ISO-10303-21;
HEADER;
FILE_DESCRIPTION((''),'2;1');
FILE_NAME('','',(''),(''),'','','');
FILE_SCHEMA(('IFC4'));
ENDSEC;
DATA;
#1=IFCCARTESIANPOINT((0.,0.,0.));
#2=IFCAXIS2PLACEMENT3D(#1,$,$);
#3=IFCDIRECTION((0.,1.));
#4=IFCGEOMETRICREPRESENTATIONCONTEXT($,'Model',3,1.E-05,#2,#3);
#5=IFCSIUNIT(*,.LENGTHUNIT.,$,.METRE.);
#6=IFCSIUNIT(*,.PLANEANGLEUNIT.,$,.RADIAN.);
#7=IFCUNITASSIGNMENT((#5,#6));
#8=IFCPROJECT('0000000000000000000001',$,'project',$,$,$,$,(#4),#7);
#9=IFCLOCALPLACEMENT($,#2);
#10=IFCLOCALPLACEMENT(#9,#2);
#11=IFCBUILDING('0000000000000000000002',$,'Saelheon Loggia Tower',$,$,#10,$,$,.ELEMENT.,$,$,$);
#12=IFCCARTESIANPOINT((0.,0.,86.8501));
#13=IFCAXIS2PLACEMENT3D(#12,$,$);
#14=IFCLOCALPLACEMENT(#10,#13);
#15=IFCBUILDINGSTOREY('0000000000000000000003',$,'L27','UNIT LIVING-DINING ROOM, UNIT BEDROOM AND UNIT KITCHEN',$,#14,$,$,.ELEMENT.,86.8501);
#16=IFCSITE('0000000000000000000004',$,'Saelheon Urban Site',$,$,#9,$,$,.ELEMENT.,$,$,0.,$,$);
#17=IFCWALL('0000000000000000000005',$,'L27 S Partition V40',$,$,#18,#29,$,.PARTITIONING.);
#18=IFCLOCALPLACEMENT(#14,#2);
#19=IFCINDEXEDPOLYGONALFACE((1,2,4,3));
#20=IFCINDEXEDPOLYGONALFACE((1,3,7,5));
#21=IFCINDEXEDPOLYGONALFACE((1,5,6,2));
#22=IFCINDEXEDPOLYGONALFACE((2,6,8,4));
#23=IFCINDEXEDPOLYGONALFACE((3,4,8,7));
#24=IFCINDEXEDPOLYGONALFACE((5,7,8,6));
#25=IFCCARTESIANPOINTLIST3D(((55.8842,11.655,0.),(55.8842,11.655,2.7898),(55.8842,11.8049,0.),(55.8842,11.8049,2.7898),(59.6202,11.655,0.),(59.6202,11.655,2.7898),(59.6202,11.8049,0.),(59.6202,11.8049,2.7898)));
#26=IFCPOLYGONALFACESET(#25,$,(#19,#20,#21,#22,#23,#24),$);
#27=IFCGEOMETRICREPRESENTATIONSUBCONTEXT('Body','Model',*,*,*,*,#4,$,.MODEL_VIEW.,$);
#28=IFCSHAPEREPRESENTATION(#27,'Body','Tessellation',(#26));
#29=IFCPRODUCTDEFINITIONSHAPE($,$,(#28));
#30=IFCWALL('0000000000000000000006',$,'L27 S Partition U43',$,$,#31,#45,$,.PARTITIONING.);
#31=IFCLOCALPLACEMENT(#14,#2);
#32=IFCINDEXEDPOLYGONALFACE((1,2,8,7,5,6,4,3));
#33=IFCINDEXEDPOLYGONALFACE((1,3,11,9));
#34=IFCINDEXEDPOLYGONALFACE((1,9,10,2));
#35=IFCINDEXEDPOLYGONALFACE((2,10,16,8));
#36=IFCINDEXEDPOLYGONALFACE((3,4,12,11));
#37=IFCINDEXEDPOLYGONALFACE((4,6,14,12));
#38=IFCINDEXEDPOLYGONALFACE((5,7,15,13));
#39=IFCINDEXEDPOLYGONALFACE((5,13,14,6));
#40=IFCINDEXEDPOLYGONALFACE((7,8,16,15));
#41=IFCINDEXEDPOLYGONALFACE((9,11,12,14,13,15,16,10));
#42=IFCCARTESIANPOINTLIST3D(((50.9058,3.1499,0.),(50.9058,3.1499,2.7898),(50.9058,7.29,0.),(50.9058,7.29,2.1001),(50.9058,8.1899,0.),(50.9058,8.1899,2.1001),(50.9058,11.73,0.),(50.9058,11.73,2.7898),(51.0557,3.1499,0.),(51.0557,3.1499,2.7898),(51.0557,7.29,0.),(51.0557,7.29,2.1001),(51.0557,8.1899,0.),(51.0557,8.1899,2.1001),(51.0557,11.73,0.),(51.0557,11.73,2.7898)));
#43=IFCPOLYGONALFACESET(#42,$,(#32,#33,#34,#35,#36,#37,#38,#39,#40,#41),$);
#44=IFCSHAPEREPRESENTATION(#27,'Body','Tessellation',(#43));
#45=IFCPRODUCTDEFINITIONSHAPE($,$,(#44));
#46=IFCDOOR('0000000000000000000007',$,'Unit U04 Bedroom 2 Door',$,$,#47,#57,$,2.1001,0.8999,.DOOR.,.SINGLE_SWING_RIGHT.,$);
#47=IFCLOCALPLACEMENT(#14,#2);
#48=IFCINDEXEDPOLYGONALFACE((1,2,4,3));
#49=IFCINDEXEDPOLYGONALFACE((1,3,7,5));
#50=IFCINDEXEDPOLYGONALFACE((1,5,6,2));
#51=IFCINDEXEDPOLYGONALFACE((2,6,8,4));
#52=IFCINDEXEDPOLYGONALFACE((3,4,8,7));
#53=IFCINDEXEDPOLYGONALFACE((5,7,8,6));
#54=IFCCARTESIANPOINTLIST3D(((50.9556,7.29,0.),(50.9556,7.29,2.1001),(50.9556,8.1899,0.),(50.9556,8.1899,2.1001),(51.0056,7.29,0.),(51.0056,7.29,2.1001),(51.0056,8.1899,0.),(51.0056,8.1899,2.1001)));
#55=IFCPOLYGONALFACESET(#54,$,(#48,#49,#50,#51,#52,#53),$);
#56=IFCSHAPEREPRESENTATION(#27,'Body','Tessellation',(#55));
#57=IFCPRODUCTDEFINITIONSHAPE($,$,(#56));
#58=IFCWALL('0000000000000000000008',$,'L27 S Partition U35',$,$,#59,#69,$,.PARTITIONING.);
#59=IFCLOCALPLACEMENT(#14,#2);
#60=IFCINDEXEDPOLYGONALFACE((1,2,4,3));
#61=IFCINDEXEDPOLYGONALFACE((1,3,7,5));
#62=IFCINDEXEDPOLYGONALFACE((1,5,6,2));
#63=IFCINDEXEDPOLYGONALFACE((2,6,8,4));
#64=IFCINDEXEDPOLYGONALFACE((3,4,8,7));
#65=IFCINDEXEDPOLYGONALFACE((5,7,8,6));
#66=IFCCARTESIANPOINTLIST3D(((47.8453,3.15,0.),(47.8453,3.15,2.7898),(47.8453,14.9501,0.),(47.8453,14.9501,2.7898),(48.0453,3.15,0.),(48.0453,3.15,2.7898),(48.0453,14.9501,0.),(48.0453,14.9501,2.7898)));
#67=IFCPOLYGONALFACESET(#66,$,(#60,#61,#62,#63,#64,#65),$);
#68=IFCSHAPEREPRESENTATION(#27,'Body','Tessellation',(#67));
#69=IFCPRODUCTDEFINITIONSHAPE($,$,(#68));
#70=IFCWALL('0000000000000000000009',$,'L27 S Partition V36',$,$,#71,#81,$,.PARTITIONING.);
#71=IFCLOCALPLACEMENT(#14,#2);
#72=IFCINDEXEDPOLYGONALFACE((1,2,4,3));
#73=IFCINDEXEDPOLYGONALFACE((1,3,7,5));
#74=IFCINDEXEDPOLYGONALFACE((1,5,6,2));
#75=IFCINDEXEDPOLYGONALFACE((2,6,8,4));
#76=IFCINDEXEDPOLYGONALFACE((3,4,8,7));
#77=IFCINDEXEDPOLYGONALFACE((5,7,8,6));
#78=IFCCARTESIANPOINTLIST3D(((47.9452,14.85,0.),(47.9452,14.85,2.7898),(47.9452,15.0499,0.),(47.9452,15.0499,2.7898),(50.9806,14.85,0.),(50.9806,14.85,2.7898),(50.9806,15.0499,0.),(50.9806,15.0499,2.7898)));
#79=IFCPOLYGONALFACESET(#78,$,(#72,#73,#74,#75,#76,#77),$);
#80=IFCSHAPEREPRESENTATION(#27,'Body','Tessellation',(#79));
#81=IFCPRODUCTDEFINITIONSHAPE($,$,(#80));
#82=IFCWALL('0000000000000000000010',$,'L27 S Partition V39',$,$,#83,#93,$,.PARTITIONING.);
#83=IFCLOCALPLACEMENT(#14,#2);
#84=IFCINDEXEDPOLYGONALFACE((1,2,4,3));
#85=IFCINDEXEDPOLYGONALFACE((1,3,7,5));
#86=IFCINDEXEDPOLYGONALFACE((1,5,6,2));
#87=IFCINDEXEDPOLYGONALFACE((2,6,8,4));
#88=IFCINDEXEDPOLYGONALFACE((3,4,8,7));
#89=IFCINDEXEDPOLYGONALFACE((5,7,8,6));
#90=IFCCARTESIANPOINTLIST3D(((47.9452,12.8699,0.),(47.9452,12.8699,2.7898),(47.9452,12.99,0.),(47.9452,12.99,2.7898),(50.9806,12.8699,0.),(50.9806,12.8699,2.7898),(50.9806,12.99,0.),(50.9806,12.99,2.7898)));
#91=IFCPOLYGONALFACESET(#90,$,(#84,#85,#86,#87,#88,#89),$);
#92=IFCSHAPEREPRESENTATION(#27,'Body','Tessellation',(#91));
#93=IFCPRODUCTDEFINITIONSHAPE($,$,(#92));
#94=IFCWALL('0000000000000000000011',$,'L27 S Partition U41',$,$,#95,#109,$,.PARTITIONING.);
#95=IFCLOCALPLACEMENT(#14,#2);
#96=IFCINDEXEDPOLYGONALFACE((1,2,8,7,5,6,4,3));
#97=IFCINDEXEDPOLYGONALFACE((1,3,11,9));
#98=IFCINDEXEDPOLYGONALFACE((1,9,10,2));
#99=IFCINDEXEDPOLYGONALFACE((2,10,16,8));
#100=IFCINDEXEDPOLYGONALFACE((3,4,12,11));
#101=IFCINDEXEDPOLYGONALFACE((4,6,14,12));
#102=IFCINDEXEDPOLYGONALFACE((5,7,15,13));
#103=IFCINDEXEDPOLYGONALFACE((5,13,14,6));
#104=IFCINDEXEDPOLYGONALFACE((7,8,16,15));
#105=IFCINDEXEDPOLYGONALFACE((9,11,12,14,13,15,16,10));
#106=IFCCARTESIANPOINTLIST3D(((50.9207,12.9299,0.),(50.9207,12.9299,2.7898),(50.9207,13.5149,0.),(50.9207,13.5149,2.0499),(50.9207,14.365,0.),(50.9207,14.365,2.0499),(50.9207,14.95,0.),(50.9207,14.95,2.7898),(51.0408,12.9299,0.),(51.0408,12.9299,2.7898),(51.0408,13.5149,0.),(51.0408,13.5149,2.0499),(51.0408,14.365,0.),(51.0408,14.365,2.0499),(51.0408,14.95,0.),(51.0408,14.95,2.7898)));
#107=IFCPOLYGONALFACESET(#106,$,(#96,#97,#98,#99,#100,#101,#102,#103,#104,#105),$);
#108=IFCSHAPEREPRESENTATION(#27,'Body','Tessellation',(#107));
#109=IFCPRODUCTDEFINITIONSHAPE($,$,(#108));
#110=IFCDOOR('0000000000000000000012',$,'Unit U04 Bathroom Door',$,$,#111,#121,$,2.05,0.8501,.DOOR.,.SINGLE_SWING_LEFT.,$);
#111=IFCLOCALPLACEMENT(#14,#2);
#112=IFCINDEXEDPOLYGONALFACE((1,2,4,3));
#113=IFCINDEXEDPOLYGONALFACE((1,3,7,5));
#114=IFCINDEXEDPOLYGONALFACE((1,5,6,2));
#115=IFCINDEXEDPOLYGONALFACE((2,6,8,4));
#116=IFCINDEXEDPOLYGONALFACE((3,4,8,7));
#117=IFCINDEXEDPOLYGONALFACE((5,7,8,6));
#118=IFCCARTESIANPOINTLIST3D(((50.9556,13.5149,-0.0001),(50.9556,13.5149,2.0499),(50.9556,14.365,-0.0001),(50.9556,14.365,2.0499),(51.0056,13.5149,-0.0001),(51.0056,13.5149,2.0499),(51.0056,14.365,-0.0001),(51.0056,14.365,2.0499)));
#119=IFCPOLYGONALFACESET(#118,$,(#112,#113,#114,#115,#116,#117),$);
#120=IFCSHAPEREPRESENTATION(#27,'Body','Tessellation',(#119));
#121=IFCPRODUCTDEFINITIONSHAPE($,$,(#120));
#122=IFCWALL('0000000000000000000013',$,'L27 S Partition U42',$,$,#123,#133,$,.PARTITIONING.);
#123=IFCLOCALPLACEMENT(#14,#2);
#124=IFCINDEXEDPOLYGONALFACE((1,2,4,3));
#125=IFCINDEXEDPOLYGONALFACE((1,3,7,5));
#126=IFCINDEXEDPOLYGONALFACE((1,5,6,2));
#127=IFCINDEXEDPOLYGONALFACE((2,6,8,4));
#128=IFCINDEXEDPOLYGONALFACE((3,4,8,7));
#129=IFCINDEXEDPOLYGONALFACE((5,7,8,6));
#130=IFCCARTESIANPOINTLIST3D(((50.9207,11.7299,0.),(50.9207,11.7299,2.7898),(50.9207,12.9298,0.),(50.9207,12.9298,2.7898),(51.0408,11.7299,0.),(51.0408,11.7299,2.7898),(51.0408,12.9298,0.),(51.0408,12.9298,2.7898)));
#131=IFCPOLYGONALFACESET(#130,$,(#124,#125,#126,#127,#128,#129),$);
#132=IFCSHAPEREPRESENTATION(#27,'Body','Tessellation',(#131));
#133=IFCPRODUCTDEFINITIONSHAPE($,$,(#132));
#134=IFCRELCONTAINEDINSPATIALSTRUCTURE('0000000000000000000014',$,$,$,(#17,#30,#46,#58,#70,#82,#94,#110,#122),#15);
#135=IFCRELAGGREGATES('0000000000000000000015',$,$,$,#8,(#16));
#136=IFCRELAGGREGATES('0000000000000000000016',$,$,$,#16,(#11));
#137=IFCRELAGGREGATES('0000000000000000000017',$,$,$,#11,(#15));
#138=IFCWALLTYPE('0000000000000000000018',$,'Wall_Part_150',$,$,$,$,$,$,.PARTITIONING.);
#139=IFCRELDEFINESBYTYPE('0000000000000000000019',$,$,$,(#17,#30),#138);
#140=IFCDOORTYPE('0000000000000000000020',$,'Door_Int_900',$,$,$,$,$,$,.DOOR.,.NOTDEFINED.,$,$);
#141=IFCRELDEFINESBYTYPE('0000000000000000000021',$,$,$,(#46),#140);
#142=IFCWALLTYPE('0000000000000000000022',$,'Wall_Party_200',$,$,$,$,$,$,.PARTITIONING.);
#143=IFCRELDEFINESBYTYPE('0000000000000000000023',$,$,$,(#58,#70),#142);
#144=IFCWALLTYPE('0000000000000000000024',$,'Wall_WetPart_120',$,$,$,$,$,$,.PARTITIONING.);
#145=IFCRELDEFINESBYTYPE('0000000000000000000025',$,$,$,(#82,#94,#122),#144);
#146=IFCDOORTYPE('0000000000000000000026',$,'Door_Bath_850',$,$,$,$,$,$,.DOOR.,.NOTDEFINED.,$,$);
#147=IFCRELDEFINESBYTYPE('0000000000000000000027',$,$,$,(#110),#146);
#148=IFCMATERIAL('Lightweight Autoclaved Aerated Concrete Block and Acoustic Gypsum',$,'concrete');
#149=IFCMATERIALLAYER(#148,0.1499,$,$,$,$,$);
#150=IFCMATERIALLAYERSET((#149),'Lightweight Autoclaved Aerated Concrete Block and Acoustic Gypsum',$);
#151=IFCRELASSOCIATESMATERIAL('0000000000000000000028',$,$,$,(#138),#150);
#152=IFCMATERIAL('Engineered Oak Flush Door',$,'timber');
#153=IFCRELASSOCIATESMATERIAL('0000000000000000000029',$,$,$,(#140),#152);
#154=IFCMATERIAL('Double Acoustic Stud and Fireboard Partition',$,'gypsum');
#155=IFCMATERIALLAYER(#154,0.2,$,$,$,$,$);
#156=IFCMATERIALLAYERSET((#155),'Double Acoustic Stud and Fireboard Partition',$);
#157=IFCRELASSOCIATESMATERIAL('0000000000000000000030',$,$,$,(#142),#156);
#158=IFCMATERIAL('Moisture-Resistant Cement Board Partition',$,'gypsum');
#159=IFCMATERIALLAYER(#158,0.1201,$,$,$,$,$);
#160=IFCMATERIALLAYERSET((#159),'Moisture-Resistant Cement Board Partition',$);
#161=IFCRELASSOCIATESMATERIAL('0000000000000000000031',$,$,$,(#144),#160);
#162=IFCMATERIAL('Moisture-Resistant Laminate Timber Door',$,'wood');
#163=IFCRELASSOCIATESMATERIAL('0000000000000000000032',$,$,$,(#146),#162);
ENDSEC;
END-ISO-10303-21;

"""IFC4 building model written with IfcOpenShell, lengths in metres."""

from ifc_helpers import new_model, si_unit, direction, frame, frame_2d, origin, place, context, subcontext, project, spatial, rectangle, extrude, source, transform, mapped, material, layer, layer_set, type_object, element, fill, save


model = new_model("IFC4")

# Units and contexts
model_context = context("Model", 3, precision=1e-05, world=origin(), true_north=direction((0.0, 1.0)))
body_context = subcontext(model_context, "Body", "Model", "MODEL_VIEW")
ifc_project = project(units=[si_unit("LENGTHUNIT", "METRE"), si_unit("PLANEANGLEUNIT", "RADIAN")], contexts=[model_context])

# Site, building, storey
site_placement = place(None, origin())
site = spatial("IfcSite", under=ifc_project, at=site_placement, Name="Saelheon Urban Site", CompositionType="ELEMENT", RefElevation=0.0)
building_placement = place(site_placement, origin())
building = spatial("IfcBuilding", under=site, at=building_placement, Name="Saelheon Loggia Tower", CompositionType="ELEMENT")
storey_placement = place(building_placement, frame((0.0, 0.0, 86.8501)))
storey = spatial("IfcBuildingStorey", under=building, at=storey_placement, Name="L27", Description="UNIT LIVING-DINING ROOM, UNIT BEDROOM AND UNIT KITCHEN", CompositionType="ELEMENT", Elevation=86.8501)

# Wall
ifc_material_1 = material(Name="Lightweight Autoclaved Aerated Concrete Block and Acoustic Gypsum", Category="concrete")
ifc_layer_1 = layer(ifc_material_1, 0.1499)
ifc_layer_set_1 = layer_set([ifc_layer_1], Name="Lightweight Autoclaved Aerated Concrete Block and Acoustic Gypsum")
wall_type_1 = type_object("IfcWallType", Name="Wall_Part_150", PredefinedType="PARTITIONING", material=ifc_layer_set_1)
wall_1_placement = place(storey_placement, frame((55.884, 11.73, 0.0), z_axis=(0.0, 0.0, 1.0), x_axis=(1.0, 0.0, 0.0)))
element("IfcWall", 1, at=wall_1_placement, inside=storey, type_object=wall_type_1, Name="L27 S Partition V40", PredefinedType="PARTITIONING", context=body_context, shape_type="SweptSolid", body=[
    extrude(rectangle(XDim=3.7361, YDim=0.1499, at=frame_2d((1.8682, 0.0))), origin(), (0.0, 0.0, 1.0), 2.7898),
])

# Wall, opening, door
wall_2_placement = place(storey_placement, frame((50.9807, 11.73, 0.0), z_axis=(0.0, 0.0, 1.0), x_axis=(0.0, -1.0, 0.0)))
wall_2 = element("IfcWall", 2, at=wall_2_placement, inside=storey, type_object=wall_type_1, Name="L27 S Partition U43", PredefinedType="PARTITIONING", context=body_context, shape_type="SweptSolid", body=[
    extrude(rectangle(XDim=8.5801, YDim=0.1499, at=frame_2d((4.29, 0.0))), origin(), (0.0, 0.0, 1.0), 2.7898),
])
opening_1_placement = place(wall_2_placement, frame((3.54, 0.0, 0.0)))
opening_1 = element("IfcOpeningElement", 3, at=opening_1_placement, cuts=wall_2, PredefinedType="OPENING", context=body_context, shape_type="SweptSolid", body=[
    extrude(rectangle(XDim=0.8999, YDim=2.1001, at=frame_2d((0.45, 1.05))), frame((0.0, 0.0869, 0.0), z_axis=(0.0, -1.0, 0.0), x_axis=(1.0, 0.0, 0.0)), (0.0, 0.0, 1.0), 0.1738),
])
ifc_material_2 = material(Name="Engineered Oak Flush Door", Category="timber")
door_type_1 = type_object("IfcDoorType", Name="Door_Int_900", OperationType="NOTDEFINED", PredefinedType="DOOR", material=ifc_material_2)
shared_shape_1 = source(origin(), body_context, "Body", "SweptSolid", [
    extrude(rectangle(XDim=0.8999, YDim=2.1001, at=frame_2d((0.45, 1.05))), frame((0.0, 0.0249, 0.0), z_axis=(0.0, -1.0, 0.0), x_axis=(1.0, 0.0, 0.0)), (0.0, 0.0, 1.0), 0.05),
])
door_1_placement = place(opening_1_placement, origin())
door_1 = element("IfcDoor", 4, at=door_1_placement, inside=storey, type_object=door_type_1, Name="Unit U04 Bedroom 2 Door", OperationType="SINGLE_SWING_RIGHT", OverallHeight=2.1001, OverallWidth=0.8999, PredefinedType="DOOR", context=body_context, shape_type="MappedRepresentation", body=[
    mapped(shared_shape_1, transform((0.0, 0.0, 0.0), scale=1.0)),
])
fill(opening_1, door_1)

# Walls
ifc_material_3 = material(Name="Double Acoustic Stud and Fireboard Partition", Category="gypsum")
ifc_layer_2 = layer(ifc_material_3, 0.2)
ifc_layer_set_2 = layer_set([ifc_layer_2], Name="Double Acoustic Stud and Fireboard Partition")
wall_type_2 = type_object("IfcWallType", Name="Wall_Party_200", PredefinedType="PARTITIONING", material=ifc_layer_set_2)
wall_3_placement = place(storey_placement, frame((47.9453, 14.95, 0.0), z_axis=(0.0, 0.0, 1.0), x_axis=(0.0, -1.0, 0.0)))
element("IfcWall", 5, at=wall_3_placement, inside=storey, type_object=wall_type_2, Name="L27 S Partition U35", PredefinedType="PARTITIONING", context=body_context, shape_type="SweptSolid", body=[
    extrude(rectangle(XDim=11.8, YDim=0.2, at=frame_2d((5.8999, 0.0))), origin(), (0.0, 0.0, 1.0), 2.7898),
])
wall_4_placement = place(storey_placement, frame((47.9453, 14.95, 0.0), z_axis=(0.0, 0.0, 1.0), x_axis=(1.0, 0.0, 0.0)))
element("IfcWall", 6, at=wall_4_placement, inside=storey, type_object=wall_type_2, Name="L27 S Partition V36", PredefinedType="PARTITIONING", context=body_context, shape_type="SweptSolid", body=[
    extrude(rectangle(XDim=3.0354, YDim=0.2, at=frame_2d((1.5176, 0.0))), origin(), (0.0, 0.0, 1.0), 2.7898),
])

# Wall
ifc_material_4 = material(Name="Moisture-Resistant Cement Board Partition", Category="gypsum")
ifc_layer_3 = layer(ifc_material_4, 0.1201)
ifc_layer_set_3 = layer_set([ifc_layer_3], Name="Moisture-Resistant Cement Board Partition")
wall_type_3 = type_object("IfcWallType", Name="Wall_WetPart_120", PredefinedType="PARTITIONING", material=ifc_layer_set_3)
wall_5_placement = place(storey_placement, frame((47.9453, 12.9299, 0.0), z_axis=(0.0, 0.0, 1.0), x_axis=(1.0, 0.0, 0.0)))
element("IfcWall", 7, at=wall_5_placement, inside=storey, type_object=wall_type_3, Name="L27 S Partition V39", PredefinedType="PARTITIONING", context=body_context, shape_type="SweptSolid", body=[
    extrude(rectangle(XDim=3.0354, YDim=0.1201, at=frame_2d((1.5176, 0.0))), origin(), (0.0, 0.0, 1.0), 2.7898),
])

# Wall, opening, door
wall_6_placement = place(storey_placement, frame((50.9807, 14.95, 0.0), z_axis=(0.0, 0.0, 1.0), x_axis=(0.0, -1.0, 0.0)))
wall_6 = element("IfcWall", 8, at=wall_6_placement, inside=storey, type_object=wall_type_3, Name="L27 S Partition U41", PredefinedType="PARTITIONING", context=body_context, shape_type="SweptSolid", body=[
    extrude(rectangle(XDim=2.02, YDim=0.1201, at=frame_2d((1.01, 0.0))), origin(), (0.0, 0.0, 1.0), 2.7898),
])
opening_2_placement = place(wall_6_placement, frame((0.585, 0.0, 0.0)))
opening_2 = element("IfcOpeningElement", 9, at=opening_2_placement, cuts=wall_6, PredefinedType="OPENING", context=body_context, shape_type="SweptSolid", body=[
    extrude(rectangle(XDim=0.8501, YDim=2.05, at=frame_2d((0.425, 1.0249))), frame((0.0, 0.072, 0.0), z_axis=(0.0, -1.0, 0.0), x_axis=(1.0, 0.0, 0.0)), (0.0, 0.0, 1.0), 0.144),
])
ifc_material_5 = material(Name="Moisture-Resistant Laminate Timber Door", Category="wood")
door_type_2 = type_object("IfcDoorType", Name="Door_Bath_850", OperationType="NOTDEFINED", PredefinedType="DOOR", material=ifc_material_5)
shared_shape_2 = source(origin(), body_context, "Body", "SweptSolid", [
    extrude(rectangle(XDim=0.8501, YDim=2.05, at=frame_2d((0.425, 1.0249))), frame((0.0, 0.0249, 0.0), z_axis=(0.0, -1.0, 0.0), x_axis=(1.0, 0.0, 0.0)), (0.0, 0.0, 1.0), 0.05),
])
door_2_placement = place(opening_2_placement, origin())
door_2 = element("IfcDoor", 10, at=door_2_placement, inside=storey, type_object=door_type_2, Name="Unit U04 Bathroom Door", OperationType="SINGLE_SWING_LEFT", OverallHeight=2.05, OverallWidth=0.8501, PredefinedType="DOOR", context=body_context, shape_type="MappedRepresentation", body=[
    mapped(shared_shape_2, transform((0.0, 0.0, 0.0), scale=1.0)),
])
fill(opening_2, door_2)

# Wall
wall_7_placement = place(storey_placement, frame((50.9807, 12.9299, 0.0), z_axis=(0.0, 0.0, 1.0), x_axis=(0.0, -1.0, 0.0)))
element("IfcWall", 11, at=wall_7_placement, inside=storey, type_object=wall_type_3, Name="L27 S Partition U42", PredefinedType="PARTITIONING", context=body_context, shape_type="SweptSolid", body=[
    extrude(rectangle(XDim=1.2, YDim=0.1201, at=frame_2d((0.6001, 0.0))), origin(), (0.0, 0.0, 1.0), 2.7898),
])

save(model, "model.ifc")
